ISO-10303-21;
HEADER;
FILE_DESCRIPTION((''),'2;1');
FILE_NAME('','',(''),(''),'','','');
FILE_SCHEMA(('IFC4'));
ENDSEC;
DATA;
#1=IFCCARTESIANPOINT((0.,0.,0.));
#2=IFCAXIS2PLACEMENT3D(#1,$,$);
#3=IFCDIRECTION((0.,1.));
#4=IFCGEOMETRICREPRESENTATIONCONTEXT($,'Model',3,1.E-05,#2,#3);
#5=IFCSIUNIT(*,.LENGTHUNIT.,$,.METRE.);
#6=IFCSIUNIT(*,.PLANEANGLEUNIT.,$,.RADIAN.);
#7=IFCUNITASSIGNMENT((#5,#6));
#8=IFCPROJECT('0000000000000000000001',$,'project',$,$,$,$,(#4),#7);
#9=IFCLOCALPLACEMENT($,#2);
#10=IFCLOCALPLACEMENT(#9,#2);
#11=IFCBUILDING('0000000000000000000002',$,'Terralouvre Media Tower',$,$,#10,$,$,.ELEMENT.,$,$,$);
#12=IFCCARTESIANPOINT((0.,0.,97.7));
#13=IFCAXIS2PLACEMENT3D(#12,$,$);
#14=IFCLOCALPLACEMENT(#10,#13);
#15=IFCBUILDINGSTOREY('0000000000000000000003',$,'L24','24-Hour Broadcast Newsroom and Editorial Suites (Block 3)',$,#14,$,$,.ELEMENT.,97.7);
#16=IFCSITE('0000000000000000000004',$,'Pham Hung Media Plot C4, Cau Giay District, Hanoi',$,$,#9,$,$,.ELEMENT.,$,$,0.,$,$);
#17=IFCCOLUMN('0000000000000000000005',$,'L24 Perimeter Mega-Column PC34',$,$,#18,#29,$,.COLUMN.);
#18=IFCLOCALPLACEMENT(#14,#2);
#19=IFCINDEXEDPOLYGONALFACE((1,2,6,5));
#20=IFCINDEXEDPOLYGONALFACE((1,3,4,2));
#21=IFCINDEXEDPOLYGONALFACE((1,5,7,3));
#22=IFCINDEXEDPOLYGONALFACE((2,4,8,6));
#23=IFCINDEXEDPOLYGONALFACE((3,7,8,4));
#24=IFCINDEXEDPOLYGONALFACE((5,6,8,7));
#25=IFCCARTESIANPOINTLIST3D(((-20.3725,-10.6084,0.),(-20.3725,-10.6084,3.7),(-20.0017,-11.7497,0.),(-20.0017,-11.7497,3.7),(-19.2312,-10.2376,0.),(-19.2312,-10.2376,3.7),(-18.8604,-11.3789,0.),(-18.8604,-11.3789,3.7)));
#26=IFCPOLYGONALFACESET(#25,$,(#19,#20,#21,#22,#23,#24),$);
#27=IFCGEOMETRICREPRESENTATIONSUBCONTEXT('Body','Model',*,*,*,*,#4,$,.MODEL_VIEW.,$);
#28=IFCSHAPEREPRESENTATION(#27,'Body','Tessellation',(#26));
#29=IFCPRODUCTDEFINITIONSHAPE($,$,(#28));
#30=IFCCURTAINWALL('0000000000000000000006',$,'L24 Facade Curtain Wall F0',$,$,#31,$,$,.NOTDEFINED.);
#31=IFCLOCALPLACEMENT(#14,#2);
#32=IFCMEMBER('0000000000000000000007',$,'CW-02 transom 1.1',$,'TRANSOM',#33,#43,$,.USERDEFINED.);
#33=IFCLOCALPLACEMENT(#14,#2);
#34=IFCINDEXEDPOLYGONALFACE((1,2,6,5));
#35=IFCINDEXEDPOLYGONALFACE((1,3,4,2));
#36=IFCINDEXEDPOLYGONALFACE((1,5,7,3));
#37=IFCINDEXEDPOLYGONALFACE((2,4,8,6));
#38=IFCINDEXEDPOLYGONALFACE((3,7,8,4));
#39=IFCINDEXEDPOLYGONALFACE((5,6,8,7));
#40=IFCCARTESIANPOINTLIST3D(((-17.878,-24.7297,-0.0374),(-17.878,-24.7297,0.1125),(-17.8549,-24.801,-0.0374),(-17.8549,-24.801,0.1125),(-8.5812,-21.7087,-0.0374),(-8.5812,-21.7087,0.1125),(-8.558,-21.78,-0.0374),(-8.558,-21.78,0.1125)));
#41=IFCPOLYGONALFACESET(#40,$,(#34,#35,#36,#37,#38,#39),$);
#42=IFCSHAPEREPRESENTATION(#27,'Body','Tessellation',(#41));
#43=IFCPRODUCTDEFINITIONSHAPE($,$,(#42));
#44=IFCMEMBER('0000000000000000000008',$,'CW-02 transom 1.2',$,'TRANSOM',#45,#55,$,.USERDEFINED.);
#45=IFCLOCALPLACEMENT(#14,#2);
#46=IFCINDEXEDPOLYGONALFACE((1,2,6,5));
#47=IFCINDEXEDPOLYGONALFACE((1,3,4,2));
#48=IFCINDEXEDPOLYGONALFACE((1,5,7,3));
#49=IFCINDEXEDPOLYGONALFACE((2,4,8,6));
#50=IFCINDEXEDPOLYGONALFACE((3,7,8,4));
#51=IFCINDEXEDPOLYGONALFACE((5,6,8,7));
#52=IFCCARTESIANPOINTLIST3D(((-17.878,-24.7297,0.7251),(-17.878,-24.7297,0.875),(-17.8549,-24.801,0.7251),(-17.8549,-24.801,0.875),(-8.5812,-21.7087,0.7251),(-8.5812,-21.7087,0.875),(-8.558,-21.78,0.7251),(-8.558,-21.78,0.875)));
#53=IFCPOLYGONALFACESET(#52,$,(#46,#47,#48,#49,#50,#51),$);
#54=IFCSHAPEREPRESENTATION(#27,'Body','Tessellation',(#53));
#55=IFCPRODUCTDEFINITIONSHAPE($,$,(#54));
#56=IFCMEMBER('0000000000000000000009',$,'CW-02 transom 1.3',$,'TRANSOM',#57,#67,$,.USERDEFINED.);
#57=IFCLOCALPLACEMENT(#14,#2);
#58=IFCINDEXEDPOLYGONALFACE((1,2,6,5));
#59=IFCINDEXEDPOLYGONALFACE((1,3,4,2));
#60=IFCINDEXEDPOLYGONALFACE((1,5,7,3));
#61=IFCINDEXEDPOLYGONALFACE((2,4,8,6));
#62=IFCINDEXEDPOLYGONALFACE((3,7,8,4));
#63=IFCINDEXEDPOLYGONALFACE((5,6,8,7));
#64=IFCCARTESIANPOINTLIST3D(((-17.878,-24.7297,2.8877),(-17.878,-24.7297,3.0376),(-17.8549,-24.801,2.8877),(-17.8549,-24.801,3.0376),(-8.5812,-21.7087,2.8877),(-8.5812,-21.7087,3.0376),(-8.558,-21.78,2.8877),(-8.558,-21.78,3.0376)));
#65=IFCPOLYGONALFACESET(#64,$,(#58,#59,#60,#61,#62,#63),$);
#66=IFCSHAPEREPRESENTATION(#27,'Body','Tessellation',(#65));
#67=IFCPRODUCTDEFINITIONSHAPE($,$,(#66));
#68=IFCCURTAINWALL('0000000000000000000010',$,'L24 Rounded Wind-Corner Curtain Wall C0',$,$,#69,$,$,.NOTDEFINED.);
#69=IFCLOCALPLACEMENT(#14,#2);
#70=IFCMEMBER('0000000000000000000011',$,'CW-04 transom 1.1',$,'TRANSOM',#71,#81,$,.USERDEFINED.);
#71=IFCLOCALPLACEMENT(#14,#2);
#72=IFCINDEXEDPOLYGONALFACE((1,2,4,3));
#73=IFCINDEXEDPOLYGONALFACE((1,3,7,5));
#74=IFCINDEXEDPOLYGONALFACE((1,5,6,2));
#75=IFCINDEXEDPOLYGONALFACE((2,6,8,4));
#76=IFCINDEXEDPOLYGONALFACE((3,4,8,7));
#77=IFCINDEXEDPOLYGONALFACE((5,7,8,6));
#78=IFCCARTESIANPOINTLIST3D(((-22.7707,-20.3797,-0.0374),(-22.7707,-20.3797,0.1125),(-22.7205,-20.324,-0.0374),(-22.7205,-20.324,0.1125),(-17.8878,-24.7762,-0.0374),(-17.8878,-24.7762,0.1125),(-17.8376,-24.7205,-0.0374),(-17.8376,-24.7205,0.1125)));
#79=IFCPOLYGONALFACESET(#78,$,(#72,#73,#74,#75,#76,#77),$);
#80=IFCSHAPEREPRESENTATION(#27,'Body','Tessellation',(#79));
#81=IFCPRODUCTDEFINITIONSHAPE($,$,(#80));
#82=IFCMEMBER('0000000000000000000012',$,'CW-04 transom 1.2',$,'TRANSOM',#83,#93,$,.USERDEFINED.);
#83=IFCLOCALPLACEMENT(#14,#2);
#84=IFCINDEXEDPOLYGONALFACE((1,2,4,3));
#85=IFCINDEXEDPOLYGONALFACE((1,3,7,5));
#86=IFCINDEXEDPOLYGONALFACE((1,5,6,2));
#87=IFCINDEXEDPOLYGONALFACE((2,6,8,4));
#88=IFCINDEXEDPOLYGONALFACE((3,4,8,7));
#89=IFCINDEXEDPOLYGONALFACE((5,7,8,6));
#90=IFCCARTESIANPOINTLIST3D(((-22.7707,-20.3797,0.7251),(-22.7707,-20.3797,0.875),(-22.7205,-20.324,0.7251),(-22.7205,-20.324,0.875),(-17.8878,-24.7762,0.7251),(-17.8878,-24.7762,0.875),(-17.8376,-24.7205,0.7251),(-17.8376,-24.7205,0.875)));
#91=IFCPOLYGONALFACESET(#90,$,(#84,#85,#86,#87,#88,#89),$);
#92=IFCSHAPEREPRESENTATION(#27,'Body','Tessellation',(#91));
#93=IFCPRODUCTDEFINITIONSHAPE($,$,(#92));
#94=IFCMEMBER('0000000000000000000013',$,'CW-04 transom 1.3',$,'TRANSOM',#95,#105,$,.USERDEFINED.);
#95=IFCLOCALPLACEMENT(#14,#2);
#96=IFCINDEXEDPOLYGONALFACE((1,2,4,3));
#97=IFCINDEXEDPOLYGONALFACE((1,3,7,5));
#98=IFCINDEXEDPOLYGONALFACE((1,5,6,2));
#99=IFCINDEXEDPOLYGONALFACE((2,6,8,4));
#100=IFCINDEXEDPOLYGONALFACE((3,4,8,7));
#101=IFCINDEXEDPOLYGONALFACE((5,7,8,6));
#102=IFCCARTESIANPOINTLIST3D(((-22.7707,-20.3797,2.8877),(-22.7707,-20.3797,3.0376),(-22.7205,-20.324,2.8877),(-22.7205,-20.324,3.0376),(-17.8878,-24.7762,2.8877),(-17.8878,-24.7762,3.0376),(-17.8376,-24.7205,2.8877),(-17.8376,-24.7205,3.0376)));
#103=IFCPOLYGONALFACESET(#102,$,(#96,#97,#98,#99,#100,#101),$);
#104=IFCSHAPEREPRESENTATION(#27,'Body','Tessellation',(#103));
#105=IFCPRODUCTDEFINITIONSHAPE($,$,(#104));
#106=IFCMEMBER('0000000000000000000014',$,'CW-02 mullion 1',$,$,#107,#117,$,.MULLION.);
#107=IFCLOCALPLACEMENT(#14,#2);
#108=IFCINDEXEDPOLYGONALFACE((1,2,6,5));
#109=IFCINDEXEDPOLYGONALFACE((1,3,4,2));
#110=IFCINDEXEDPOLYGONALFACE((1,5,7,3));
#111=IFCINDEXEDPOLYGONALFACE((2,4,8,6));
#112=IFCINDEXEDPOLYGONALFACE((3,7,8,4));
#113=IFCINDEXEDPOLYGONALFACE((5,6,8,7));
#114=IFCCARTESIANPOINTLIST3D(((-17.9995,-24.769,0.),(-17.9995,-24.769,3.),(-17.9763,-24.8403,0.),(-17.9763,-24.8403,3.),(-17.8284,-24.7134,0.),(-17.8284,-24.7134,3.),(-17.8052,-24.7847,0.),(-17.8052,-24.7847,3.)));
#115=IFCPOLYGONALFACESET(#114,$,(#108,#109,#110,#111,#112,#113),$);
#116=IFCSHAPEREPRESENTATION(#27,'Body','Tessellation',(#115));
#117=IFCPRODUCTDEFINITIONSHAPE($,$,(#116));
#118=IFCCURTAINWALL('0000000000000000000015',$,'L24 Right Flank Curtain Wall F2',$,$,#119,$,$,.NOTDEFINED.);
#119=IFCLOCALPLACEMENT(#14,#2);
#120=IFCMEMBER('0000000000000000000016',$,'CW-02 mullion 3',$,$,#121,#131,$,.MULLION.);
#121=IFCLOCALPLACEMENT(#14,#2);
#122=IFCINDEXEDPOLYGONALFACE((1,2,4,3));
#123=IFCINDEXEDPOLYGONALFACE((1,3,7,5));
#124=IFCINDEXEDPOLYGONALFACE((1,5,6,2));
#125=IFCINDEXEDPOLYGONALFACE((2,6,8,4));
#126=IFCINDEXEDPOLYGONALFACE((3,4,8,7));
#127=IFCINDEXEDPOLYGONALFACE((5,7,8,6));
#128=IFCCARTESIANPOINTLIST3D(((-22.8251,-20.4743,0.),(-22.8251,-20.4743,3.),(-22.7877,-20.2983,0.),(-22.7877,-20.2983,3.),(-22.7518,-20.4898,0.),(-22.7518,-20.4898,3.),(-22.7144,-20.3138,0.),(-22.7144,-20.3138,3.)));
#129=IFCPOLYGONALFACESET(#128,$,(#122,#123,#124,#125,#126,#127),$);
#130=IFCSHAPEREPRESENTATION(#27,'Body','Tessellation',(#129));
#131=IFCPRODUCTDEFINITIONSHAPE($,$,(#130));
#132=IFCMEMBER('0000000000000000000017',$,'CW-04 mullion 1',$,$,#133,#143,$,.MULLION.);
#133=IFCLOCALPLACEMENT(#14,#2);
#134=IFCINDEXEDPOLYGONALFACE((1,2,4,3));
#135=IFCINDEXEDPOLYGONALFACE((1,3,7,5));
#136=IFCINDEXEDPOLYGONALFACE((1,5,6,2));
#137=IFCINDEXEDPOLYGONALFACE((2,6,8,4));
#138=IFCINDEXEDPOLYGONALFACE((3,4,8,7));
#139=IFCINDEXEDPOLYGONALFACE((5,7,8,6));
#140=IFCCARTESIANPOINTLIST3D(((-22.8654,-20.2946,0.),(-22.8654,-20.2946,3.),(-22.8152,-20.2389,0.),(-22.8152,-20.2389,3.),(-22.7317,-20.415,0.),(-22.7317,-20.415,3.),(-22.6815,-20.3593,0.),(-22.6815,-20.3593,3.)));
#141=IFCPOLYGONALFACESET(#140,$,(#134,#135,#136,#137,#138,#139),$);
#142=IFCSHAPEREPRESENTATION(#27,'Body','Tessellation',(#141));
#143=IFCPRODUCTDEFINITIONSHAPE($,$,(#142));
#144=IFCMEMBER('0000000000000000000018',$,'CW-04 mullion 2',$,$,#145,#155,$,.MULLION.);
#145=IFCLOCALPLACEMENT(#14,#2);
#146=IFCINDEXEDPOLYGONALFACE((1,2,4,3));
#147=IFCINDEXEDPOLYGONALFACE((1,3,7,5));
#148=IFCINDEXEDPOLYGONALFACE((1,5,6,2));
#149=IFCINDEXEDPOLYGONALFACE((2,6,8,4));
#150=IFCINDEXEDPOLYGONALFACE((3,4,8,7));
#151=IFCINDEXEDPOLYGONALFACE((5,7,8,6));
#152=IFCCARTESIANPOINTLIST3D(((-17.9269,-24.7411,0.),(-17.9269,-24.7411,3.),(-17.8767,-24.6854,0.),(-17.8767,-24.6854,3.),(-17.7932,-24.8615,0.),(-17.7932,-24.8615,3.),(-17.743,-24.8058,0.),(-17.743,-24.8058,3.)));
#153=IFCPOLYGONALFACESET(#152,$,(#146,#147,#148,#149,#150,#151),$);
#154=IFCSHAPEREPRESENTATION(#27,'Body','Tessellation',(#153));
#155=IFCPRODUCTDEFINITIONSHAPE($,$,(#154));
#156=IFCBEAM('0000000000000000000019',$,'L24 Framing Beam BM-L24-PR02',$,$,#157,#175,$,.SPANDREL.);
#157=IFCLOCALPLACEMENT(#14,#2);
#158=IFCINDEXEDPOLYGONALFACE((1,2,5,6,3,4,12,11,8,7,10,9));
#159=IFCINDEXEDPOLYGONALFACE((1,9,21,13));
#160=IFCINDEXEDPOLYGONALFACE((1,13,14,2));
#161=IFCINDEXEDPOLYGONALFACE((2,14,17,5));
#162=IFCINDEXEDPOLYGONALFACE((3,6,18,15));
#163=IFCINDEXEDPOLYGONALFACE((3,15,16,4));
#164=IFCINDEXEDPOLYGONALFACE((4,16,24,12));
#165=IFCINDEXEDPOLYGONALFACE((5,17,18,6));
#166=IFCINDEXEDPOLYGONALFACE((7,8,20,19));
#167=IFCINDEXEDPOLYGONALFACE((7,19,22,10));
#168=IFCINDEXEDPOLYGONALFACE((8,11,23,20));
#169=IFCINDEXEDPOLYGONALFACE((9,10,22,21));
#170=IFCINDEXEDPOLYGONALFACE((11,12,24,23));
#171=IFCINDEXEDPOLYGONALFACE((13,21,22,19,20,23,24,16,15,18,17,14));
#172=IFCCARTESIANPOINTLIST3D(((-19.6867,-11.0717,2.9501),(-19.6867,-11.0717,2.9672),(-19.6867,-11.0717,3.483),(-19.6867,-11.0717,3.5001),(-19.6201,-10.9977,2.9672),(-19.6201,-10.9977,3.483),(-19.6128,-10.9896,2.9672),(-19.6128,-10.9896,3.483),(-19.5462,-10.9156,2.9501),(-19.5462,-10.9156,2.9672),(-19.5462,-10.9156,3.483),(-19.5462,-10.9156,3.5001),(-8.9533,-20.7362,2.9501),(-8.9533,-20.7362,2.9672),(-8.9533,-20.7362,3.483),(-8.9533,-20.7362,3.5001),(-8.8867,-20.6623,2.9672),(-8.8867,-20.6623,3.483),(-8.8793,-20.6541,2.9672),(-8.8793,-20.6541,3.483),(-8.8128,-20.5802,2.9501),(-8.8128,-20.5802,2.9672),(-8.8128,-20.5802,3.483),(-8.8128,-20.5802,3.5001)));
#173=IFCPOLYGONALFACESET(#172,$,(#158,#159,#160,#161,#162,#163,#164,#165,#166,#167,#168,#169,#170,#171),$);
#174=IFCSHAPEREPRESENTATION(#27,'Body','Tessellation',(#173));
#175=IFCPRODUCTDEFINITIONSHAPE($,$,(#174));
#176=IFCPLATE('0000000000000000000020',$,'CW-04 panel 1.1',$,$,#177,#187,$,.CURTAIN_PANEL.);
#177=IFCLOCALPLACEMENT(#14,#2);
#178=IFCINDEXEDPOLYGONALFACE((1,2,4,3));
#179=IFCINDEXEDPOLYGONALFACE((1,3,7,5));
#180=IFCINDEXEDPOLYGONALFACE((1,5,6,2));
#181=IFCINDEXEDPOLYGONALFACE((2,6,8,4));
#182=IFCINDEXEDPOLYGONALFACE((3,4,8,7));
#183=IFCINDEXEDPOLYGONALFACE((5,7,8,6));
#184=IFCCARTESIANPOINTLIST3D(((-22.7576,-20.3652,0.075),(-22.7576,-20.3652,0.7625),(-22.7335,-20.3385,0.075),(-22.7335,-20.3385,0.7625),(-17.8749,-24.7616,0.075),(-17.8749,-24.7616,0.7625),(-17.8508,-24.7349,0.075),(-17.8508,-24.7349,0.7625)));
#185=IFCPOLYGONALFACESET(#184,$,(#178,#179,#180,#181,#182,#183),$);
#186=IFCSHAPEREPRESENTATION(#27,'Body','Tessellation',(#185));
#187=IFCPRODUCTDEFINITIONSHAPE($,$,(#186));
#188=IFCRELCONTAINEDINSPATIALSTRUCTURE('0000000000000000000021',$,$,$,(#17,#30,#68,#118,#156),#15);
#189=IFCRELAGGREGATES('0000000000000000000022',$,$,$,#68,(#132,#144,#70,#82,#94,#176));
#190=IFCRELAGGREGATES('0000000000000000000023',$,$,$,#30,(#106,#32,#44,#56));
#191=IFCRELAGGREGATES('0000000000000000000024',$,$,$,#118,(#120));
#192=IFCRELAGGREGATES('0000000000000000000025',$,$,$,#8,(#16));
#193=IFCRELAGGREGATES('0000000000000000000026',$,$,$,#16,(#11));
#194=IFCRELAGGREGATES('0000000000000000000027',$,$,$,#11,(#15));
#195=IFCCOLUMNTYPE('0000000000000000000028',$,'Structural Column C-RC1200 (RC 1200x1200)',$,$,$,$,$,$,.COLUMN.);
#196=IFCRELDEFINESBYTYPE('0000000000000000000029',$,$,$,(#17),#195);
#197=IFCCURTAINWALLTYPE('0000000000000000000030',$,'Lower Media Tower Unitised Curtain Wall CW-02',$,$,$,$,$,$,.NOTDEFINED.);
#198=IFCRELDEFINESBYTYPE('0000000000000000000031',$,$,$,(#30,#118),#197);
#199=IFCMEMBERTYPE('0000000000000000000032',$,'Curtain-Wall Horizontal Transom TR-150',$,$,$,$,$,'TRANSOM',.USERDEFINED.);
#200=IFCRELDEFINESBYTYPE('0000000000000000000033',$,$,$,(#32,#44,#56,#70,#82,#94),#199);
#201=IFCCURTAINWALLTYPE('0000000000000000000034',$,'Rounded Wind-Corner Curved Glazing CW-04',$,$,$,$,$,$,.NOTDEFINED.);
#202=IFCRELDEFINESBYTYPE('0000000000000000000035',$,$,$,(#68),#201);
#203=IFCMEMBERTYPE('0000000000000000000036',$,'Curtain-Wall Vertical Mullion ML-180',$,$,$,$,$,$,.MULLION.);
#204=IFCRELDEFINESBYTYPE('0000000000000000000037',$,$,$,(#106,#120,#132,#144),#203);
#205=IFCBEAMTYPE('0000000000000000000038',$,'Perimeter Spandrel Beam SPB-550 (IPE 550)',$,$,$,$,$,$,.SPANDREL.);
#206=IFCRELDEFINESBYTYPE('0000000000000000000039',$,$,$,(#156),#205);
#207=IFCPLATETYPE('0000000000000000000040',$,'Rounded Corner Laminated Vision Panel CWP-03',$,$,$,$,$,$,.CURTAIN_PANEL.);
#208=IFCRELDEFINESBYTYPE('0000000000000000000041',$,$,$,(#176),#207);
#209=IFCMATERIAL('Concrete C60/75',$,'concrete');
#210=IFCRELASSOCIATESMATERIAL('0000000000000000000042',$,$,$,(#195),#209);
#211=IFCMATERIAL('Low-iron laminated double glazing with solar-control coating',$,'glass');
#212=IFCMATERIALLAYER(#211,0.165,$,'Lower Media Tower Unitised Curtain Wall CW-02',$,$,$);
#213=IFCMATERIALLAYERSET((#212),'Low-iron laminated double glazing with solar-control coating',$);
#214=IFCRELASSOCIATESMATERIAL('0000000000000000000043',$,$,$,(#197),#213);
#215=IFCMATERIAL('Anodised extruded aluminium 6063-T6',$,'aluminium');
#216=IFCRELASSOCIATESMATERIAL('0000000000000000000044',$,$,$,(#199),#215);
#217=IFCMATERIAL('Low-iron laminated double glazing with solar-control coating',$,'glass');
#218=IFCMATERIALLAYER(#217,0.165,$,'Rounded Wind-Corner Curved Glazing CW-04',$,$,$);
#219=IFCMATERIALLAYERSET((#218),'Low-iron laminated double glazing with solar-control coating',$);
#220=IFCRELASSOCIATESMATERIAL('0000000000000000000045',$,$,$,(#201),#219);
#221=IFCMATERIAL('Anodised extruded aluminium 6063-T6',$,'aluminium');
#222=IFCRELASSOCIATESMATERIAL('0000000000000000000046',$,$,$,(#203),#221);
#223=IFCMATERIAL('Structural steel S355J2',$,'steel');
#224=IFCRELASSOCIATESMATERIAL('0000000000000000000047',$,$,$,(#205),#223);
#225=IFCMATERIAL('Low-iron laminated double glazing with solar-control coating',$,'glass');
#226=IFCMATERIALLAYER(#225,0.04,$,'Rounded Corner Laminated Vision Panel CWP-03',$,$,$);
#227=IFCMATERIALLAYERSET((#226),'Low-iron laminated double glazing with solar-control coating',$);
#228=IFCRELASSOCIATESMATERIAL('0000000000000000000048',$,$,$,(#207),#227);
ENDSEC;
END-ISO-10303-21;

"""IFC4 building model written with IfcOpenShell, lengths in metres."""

from ifc_helpers import new_model, si_unit, direction, frame, origin, origin_2d, place, context, subcontext, project, spatial, rectangle, i_section, extrude, material, layer, layer_set, material_profile, profile_set, type_object, element, aggregate, save


model = new_model("IFC4")

# Units and contexts
model_context = context("Model", 3, precision=1e-05, world=origin(), true_north=direction((0.0, 1.0)))
body_context = subcontext(model_context, "Body", "Model", "MODEL_VIEW")
ifc_project = project(units=[si_unit("LENGTHUNIT", "METRE"), si_unit("PLANEANGLEUNIT", "RADIAN")], contexts=[model_context])

# Site, building, storey
site_placement = place(None, origin())
site = spatial("IfcSite", under=ifc_project, at=site_placement, Name="Pham Hung Media Plot C4, Cau Giay District, Hanoi", CompositionType="ELEMENT", RefElevation=0.0)
building_placement = place(site_placement, origin())
building = spatial("IfcBuilding", under=site, at=building_placement, Name="Terralouvre Media Tower", CompositionType="ELEMENT")
storey_placement = place(building_placement, frame((0.0, 0.0, 97.7)))
storey = spatial("IfcBuildingStorey", under=building, at=storey_placement, Name="L24", Description="24-Hour Broadcast Newsroom and Editorial Suites (Block 3)", CompositionType="ELEMENT", Elevation=97.7)

# Column
ifc_material_1 = material(Name="Concrete C60/75", Category="concrete")
ifc_material_profile_1 = material_profile(ifc_material_1, rectangle(XDim=1.2, YDim=1.2, at=origin_2d()), Name="RC 1200x1200")
ifc_profile_set_1 = profile_set([ifc_material_profile_1], Name="Concrete C60/75")
column_type = type_object("IfcColumnType", Name="Structural Column C-RC1200 (RC 1200x1200)", PredefinedType="COLUMN", material=ifc_profile_set_1)
column_placement = place(storey_placement, frame((-19.6165, -10.9937, 0.0), z_axis=(0.0, 0.0, 1.0), x_axis=(0.951057, 0.309017, 0.0)))
element("IfcColumn", 1, at=column_placement, inside=storey, type_object=column_type, Name="L24 Perimeter Mega-Column PC34", PredefinedType="COLUMN", context=body_context, shape_type="SweptSolid", body=[
    extrude(rectangle(XDim=1.2, YDim=1.2, at=origin_2d()), origin(), (0.0, 0.0, 1.0), 3.7),
])

# Curtain walls, members
ifc_material_2 = material(Name="Low-iron laminated double glazing with solar-control coating", Category="glass")
ifc_layer_1 = layer(ifc_material_2, 0.165, Name="Lower Media Tower Unitised Curtain Wall CW-02")
ifc_layer_set_1 = layer_set([ifc_layer_1], Name="Low-iron laminated double glazing with solar-control coating")
curtain_wall_type_1 = type_object("IfcCurtainWallType", Name="Lower Media Tower Unitised Curtain Wall CW-02", PredefinedType="NOTDEFINED", material=ifc_layer_set_1)
curtain_wall_1_placement = place(storey_placement, origin())
curtain_wall_1 = element("IfcCurtainWall", 2, at=curtain_wall_1_placement, inside=storey, type_object=curtain_wall_type_1, Name="L24 Facade Curtain Wall F0", PredefinedType="NOTDEFINED")
ifc_material_3 = material(Name="Anodised extruded aluminium 6063-T6", Category="aluminium")
ifc_material_profile_2 = material_profile(ifc_material_3, rectangle(XDim=0.075, YDim=0.1499, at=origin_2d()), Name="ALU 75x150")
ifc_profile_set_2 = profile_set([ifc_material_profile_2], Name="Anodised extruded aluminium 6063-T6")
member_type_1 = type_object("IfcMemberType", Name="Curtain-Wall Horizontal Transom TR-150", ElementType="TRANSOM", PredefinedType="USERDEFINED", material=ifc_profile_set_2)
member_1_placement = place(storey_placement, frame((-17.8665, -24.7654, 0.0376), z_axis=(0.951049, 0.309041, 0.0), x_axis=(-0.309041, 0.951049, 0.0)))
member_1 = element("IfcMember", 3, at=member_1_placement, type_object=member_type_1, Name="CW-02 transom 1.1", ObjectType="TRANSOM", PredefinedType="USERDEFINED", context=body_context, shape_type="SweptSolid", body=[
    extrude(rectangle(XDim=0.075, YDim=0.1499, at=origin_2d()), origin(), (0.0, 0.0, 1.0), 9.7754),
])
member_2_placement = place(storey_placement, frame((-17.8665, -24.7654, 0.8), z_axis=(0.951049, 0.309041, 0.0), x_axis=(-0.309041, 0.951049, 0.0)))
member_2 = element("IfcMember", 4, at=member_2_placement, type_object=member_type_1, Name="CW-02 transom 1.2", ObjectType="TRANSOM", PredefinedType="USERDEFINED", context=body_context, shape_type="SweptSolid", body=[
    extrude(rectangle(XDim=0.075, YDim=0.1499, at=origin_2d()), origin(), (0.0, 0.0, 1.0), 9.7754),
])
member_3_placement = place(storey_placement, frame((-17.8665, -24.7654, 2.9626), z_axis=(0.951049, 0.309041, 0.0), x_axis=(-0.309041, 0.951049, 0.0)))
member_3 = element("IfcMember", 5, at=member_3_placement, type_object=member_type_1, Name="CW-02 transom 1.3", ObjectType="TRANSOM", PredefinedType="USERDEFINED", context=body_context, shape_type="SweptSolid", body=[
    extrude(rectangle(XDim=0.075, YDim=0.1499, at=origin_2d()), origin(), (0.0, 0.0, 1.0), 9.7754),
])
ifc_material_4 = material(Name="Low-iron laminated double glazing with solar-control coating", Category="glass")
ifc_layer_2 = layer(ifc_material_4, 0.165, Name="Rounded Wind-Corner Curved Glazing CW-04")
ifc_layer_set_2 = layer_set([ifc_layer_2], Name="Low-iron laminated double glazing with solar-control coating")
curtain_wall_type_2 = type_object("IfcCurtainWallType", Name="Rounded Wind-Corner Curved Glazing CW-04", PredefinedType="NOTDEFINED", material=ifc_layer_set_2)
curtain_wall_2_placement = place(storey_placement, origin())
curtain_wall_2 = element("IfcCurtainWall", 6, at=curtain_wall_2_placement, inside=storey, type_object=curtain_wall_type_2, Name="L24 Rounded Wind-Corner Curtain Wall C0", PredefinedType="NOTDEFINED")
member_4_placement = place(storey_placement, frame((-22.7456, -20.3518, 0.0376), z_axis=(0.743146, -0.669129, 0.0), x_axis=(0.669129, 0.743146, 0.0)))
member_4 = element("IfcMember", 7, at=member_4_placement, type_object=member_type_1, Name="CW-04 transom 1.1", ObjectType="TRANSOM", PredefinedType="USERDEFINED", context=body_context, shape_type="SweptSolid", body=[
    extrude(rectangle(XDim=0.075, YDim=0.1499, at=origin_2d()), origin(), (0.0, 0.0, 1.0), 6.5706),
])
member_5_placement = place(storey_placement, frame((-22.7456, -20.3518, 0.8), z_axis=(0.743146, -0.669129, 0.0), x_axis=(0.669129, 0.743146, 0.0)))
member_5 = element("IfcMember", 8, at=member_5_placement, type_object=member_type_1, Name="CW-04 transom 1.2", ObjectType="TRANSOM", PredefinedType="USERDEFINED", context=body_context, shape_type="SweptSolid", body=[
    extrude(rectangle(XDim=0.075, YDim=0.1499, at=origin_2d()), origin(), (0.0, 0.0, 1.0), 6.5706),
])
member_6_placement = place(storey_placement, frame((-22.7456, -20.3518, 2.9626), z_axis=(0.743146, -0.669129, 0.0), x_axis=(0.669129, 0.743146, 0.0)))
member_6 = element("IfcMember", 9, at=member_6_placement, type_object=member_type_1, Name="CW-04 transom 1.3", ObjectType="TRANSOM", PredefinedType="USERDEFINED", context=body_context, shape_type="SweptSolid", body=[
    extrude(rectangle(XDim=0.075, YDim=0.1499, at=origin_2d()), origin(), (0.0, 0.0, 1.0), 6.5706),
])

# Member
ifc_material_5 = material(Name="Anodised extruded aluminium 6063-T6", Category="aluminium")
ifc_material_profile_3 = material_profile(ifc_material_5, rectangle(XDim=0.075, YDim=0.1799, at=origin_2d()), Name="ALU 75x180")
ifc_profile_set_3 = profile_set([ifc_material_profile_3], Name="Anodised extruded aluminium 6063-T6")
member_type_2 = type_object("IfcMemberType", Name="Curtain-Wall Vertical Mullion ML-180", PredefinedType="MULLION", material=ifc_profile_set_3)
member_7_placement = place(storey_placement, frame((-17.9023, -24.7769, 0.0), z_axis=(0.0, 0.0, 1.0), x_axis=(-0.309017, 0.951057, 0.0)))
member_7 = element("IfcMember", 10, at=member_7_placement, type_object=member_type_2, Name="CW-02 mullion 1", PredefinedType="MULLION", context=body_context, shape_type="SweptSolid", body=[
    extrude(rectangle(XDim=0.075, YDim=0.1799, at=origin_2d()), origin(), (0.0, 0.0, 1.0), 3.0),
])

# Curtain wall, member
curtain_wall_3_placement = place(storey_placement, origin())
curtain_wall_3 = element("IfcCurtainWall", 11, at=curtain_wall_3_placement, inside=storey, type_object=curtain_wall_type_1, Name="L24 Right Flank Curtain Wall F2", PredefinedType="NOTDEFINED")
member_8_placement = place(storey_placement, frame((-22.7698, -20.394, 0.0), z_axis=(0.0, 0.0, 1.0), x_axis=(0.978148, -0.207911, 0.0)))
member_8 = element("IfcMember", 12, at=member_8_placement, type_object=member_type_2, Name="CW-02 mullion 3", PredefinedType="MULLION", context=body_context, shape_type="SweptSolid", body=[
    extrude(rectangle(XDim=0.075, YDim=0.1799, at=origin_2d()), origin(), (0.0, 0.0, 1.0), 3.0),
])

# Members
member_9_placement = place(storey_placement, frame((-22.7734, -20.3269, 0.0), z_axis=(0.0, 0.0, 1.0), x_axis=(0.669131, 0.743145, 0.0)))
member_9 = element("IfcMember", 13, at=member_9_placement, type_object=member_type_2, Name="CW-04 mullion 1", PredefinedType="MULLION", context=body_context, shape_type="SweptSolid", body=[
    extrude(rectangle(XDim=0.075, YDim=0.1799, at=origin_2d()), origin(), (0.0, 0.0, 1.0), 3.0),
])
member_10_placement = place(storey_placement, frame((-17.835, -24.7734, 0.0), z_axis=(0.0, 0.0, 1.0), x_axis=(0.669131, 0.743145, 0.0)))
member_10 = element("IfcMember", 14, at=member_10_placement, type_object=member_type_2, Name="CW-04 mullion 2", PredefinedType="MULLION", context=body_context, shape_type="SweptSolid", body=[
    extrude(rectangle(XDim=0.075, YDim=0.1799, at=origin_2d()), origin(), (0.0, 0.0, 1.0), 3.0),
])

# Beam
ifc_material_6 = material(Name="Structural steel S355J2", Category="steel")
ifc_material_profile_4 = material_profile(ifc_material_6, i_section(OverallWidth=0.21, OverallDepth=0.55, WebThickness=0.011, FlangeThickness=0.0171, at=origin_2d()), Name="IPE 550")
ifc_profile_set_4 = profile_set([ifc_material_profile_4], Name="Structural steel S355J2")
beam_type = type_object("IfcBeamType", Name="Perimeter Spandrel Beam SPB-550 (IPE 550)", PredefinedType="SPANDREL", material=ifc_profile_set_4)
beam_placement = place(storey_placement, frame((-19.6165, -10.9937, 3.2251), z_axis=(0.743139, -0.669137, 0.0), x_axis=(0.669137, 0.743139, 0.0)))
element("IfcBeam", 15, at=beam_placement, inside=storey, type_object=beam_type, Name="L24 Framing Beam BM-L24-PR02", PredefinedType="SPANDREL", context=body_context, shape_type="SweptSolid", body=[
    extrude(i_section(OverallWidth=0.21, OverallDepth=0.55, WebThickness=0.011, FlangeThickness=0.0171, at=origin_2d()), origin(), (0.0, 0.0, 1.0), 14.4434),
])

# Plate
ifc_material_7 = material(Name="Low-iron laminated double glazing with solar-control coating", Category="glass")
ifc_layer_3 = layer(ifc_material_7, 0.04, Name="Rounded Corner Laminated Vision Panel CWP-03")
ifc_layer_set_3 = layer_set([ifc_layer_3], Name="Low-iron laminated double glazing with solar-control coating")
plate_type_1 = type_object("IfcPlateType", Name="Rounded Corner Laminated Vision Panel CWP-03", PredefinedType="CURTAIN_PANEL", material=ifc_layer_set_3)
plate_1_placement = place(storey_placement, frame((-20.3042, -22.55, 0.075), z_axis=(0.0, 0.0, 1.0), x_axis=(0.743145, -0.669131, 0.0)))
plate_1 = element("IfcPlate", 16, at=plate_1_placement, type_object=plate_type_1, Name="CW-04 panel 1.1", PredefinedType="CURTAIN_PANEL", context=body_context, shape_type="SweptSolid", body=[
    extrude(rectangle(XDim=6.5703, YDim=0.0359, at=origin_2d()), origin(), (0.0, 0.0, 1.0), 0.6875),
])
aggregate(curtain_wall_2, [member_9, member_10, member_4, member_5, member_6, plate_1])
aggregate(curtain_wall_1, [member_7, member_1, member_2, member_3])
aggregate(curtain_wall_3, [member_8])

save(model, "model.ifc")
